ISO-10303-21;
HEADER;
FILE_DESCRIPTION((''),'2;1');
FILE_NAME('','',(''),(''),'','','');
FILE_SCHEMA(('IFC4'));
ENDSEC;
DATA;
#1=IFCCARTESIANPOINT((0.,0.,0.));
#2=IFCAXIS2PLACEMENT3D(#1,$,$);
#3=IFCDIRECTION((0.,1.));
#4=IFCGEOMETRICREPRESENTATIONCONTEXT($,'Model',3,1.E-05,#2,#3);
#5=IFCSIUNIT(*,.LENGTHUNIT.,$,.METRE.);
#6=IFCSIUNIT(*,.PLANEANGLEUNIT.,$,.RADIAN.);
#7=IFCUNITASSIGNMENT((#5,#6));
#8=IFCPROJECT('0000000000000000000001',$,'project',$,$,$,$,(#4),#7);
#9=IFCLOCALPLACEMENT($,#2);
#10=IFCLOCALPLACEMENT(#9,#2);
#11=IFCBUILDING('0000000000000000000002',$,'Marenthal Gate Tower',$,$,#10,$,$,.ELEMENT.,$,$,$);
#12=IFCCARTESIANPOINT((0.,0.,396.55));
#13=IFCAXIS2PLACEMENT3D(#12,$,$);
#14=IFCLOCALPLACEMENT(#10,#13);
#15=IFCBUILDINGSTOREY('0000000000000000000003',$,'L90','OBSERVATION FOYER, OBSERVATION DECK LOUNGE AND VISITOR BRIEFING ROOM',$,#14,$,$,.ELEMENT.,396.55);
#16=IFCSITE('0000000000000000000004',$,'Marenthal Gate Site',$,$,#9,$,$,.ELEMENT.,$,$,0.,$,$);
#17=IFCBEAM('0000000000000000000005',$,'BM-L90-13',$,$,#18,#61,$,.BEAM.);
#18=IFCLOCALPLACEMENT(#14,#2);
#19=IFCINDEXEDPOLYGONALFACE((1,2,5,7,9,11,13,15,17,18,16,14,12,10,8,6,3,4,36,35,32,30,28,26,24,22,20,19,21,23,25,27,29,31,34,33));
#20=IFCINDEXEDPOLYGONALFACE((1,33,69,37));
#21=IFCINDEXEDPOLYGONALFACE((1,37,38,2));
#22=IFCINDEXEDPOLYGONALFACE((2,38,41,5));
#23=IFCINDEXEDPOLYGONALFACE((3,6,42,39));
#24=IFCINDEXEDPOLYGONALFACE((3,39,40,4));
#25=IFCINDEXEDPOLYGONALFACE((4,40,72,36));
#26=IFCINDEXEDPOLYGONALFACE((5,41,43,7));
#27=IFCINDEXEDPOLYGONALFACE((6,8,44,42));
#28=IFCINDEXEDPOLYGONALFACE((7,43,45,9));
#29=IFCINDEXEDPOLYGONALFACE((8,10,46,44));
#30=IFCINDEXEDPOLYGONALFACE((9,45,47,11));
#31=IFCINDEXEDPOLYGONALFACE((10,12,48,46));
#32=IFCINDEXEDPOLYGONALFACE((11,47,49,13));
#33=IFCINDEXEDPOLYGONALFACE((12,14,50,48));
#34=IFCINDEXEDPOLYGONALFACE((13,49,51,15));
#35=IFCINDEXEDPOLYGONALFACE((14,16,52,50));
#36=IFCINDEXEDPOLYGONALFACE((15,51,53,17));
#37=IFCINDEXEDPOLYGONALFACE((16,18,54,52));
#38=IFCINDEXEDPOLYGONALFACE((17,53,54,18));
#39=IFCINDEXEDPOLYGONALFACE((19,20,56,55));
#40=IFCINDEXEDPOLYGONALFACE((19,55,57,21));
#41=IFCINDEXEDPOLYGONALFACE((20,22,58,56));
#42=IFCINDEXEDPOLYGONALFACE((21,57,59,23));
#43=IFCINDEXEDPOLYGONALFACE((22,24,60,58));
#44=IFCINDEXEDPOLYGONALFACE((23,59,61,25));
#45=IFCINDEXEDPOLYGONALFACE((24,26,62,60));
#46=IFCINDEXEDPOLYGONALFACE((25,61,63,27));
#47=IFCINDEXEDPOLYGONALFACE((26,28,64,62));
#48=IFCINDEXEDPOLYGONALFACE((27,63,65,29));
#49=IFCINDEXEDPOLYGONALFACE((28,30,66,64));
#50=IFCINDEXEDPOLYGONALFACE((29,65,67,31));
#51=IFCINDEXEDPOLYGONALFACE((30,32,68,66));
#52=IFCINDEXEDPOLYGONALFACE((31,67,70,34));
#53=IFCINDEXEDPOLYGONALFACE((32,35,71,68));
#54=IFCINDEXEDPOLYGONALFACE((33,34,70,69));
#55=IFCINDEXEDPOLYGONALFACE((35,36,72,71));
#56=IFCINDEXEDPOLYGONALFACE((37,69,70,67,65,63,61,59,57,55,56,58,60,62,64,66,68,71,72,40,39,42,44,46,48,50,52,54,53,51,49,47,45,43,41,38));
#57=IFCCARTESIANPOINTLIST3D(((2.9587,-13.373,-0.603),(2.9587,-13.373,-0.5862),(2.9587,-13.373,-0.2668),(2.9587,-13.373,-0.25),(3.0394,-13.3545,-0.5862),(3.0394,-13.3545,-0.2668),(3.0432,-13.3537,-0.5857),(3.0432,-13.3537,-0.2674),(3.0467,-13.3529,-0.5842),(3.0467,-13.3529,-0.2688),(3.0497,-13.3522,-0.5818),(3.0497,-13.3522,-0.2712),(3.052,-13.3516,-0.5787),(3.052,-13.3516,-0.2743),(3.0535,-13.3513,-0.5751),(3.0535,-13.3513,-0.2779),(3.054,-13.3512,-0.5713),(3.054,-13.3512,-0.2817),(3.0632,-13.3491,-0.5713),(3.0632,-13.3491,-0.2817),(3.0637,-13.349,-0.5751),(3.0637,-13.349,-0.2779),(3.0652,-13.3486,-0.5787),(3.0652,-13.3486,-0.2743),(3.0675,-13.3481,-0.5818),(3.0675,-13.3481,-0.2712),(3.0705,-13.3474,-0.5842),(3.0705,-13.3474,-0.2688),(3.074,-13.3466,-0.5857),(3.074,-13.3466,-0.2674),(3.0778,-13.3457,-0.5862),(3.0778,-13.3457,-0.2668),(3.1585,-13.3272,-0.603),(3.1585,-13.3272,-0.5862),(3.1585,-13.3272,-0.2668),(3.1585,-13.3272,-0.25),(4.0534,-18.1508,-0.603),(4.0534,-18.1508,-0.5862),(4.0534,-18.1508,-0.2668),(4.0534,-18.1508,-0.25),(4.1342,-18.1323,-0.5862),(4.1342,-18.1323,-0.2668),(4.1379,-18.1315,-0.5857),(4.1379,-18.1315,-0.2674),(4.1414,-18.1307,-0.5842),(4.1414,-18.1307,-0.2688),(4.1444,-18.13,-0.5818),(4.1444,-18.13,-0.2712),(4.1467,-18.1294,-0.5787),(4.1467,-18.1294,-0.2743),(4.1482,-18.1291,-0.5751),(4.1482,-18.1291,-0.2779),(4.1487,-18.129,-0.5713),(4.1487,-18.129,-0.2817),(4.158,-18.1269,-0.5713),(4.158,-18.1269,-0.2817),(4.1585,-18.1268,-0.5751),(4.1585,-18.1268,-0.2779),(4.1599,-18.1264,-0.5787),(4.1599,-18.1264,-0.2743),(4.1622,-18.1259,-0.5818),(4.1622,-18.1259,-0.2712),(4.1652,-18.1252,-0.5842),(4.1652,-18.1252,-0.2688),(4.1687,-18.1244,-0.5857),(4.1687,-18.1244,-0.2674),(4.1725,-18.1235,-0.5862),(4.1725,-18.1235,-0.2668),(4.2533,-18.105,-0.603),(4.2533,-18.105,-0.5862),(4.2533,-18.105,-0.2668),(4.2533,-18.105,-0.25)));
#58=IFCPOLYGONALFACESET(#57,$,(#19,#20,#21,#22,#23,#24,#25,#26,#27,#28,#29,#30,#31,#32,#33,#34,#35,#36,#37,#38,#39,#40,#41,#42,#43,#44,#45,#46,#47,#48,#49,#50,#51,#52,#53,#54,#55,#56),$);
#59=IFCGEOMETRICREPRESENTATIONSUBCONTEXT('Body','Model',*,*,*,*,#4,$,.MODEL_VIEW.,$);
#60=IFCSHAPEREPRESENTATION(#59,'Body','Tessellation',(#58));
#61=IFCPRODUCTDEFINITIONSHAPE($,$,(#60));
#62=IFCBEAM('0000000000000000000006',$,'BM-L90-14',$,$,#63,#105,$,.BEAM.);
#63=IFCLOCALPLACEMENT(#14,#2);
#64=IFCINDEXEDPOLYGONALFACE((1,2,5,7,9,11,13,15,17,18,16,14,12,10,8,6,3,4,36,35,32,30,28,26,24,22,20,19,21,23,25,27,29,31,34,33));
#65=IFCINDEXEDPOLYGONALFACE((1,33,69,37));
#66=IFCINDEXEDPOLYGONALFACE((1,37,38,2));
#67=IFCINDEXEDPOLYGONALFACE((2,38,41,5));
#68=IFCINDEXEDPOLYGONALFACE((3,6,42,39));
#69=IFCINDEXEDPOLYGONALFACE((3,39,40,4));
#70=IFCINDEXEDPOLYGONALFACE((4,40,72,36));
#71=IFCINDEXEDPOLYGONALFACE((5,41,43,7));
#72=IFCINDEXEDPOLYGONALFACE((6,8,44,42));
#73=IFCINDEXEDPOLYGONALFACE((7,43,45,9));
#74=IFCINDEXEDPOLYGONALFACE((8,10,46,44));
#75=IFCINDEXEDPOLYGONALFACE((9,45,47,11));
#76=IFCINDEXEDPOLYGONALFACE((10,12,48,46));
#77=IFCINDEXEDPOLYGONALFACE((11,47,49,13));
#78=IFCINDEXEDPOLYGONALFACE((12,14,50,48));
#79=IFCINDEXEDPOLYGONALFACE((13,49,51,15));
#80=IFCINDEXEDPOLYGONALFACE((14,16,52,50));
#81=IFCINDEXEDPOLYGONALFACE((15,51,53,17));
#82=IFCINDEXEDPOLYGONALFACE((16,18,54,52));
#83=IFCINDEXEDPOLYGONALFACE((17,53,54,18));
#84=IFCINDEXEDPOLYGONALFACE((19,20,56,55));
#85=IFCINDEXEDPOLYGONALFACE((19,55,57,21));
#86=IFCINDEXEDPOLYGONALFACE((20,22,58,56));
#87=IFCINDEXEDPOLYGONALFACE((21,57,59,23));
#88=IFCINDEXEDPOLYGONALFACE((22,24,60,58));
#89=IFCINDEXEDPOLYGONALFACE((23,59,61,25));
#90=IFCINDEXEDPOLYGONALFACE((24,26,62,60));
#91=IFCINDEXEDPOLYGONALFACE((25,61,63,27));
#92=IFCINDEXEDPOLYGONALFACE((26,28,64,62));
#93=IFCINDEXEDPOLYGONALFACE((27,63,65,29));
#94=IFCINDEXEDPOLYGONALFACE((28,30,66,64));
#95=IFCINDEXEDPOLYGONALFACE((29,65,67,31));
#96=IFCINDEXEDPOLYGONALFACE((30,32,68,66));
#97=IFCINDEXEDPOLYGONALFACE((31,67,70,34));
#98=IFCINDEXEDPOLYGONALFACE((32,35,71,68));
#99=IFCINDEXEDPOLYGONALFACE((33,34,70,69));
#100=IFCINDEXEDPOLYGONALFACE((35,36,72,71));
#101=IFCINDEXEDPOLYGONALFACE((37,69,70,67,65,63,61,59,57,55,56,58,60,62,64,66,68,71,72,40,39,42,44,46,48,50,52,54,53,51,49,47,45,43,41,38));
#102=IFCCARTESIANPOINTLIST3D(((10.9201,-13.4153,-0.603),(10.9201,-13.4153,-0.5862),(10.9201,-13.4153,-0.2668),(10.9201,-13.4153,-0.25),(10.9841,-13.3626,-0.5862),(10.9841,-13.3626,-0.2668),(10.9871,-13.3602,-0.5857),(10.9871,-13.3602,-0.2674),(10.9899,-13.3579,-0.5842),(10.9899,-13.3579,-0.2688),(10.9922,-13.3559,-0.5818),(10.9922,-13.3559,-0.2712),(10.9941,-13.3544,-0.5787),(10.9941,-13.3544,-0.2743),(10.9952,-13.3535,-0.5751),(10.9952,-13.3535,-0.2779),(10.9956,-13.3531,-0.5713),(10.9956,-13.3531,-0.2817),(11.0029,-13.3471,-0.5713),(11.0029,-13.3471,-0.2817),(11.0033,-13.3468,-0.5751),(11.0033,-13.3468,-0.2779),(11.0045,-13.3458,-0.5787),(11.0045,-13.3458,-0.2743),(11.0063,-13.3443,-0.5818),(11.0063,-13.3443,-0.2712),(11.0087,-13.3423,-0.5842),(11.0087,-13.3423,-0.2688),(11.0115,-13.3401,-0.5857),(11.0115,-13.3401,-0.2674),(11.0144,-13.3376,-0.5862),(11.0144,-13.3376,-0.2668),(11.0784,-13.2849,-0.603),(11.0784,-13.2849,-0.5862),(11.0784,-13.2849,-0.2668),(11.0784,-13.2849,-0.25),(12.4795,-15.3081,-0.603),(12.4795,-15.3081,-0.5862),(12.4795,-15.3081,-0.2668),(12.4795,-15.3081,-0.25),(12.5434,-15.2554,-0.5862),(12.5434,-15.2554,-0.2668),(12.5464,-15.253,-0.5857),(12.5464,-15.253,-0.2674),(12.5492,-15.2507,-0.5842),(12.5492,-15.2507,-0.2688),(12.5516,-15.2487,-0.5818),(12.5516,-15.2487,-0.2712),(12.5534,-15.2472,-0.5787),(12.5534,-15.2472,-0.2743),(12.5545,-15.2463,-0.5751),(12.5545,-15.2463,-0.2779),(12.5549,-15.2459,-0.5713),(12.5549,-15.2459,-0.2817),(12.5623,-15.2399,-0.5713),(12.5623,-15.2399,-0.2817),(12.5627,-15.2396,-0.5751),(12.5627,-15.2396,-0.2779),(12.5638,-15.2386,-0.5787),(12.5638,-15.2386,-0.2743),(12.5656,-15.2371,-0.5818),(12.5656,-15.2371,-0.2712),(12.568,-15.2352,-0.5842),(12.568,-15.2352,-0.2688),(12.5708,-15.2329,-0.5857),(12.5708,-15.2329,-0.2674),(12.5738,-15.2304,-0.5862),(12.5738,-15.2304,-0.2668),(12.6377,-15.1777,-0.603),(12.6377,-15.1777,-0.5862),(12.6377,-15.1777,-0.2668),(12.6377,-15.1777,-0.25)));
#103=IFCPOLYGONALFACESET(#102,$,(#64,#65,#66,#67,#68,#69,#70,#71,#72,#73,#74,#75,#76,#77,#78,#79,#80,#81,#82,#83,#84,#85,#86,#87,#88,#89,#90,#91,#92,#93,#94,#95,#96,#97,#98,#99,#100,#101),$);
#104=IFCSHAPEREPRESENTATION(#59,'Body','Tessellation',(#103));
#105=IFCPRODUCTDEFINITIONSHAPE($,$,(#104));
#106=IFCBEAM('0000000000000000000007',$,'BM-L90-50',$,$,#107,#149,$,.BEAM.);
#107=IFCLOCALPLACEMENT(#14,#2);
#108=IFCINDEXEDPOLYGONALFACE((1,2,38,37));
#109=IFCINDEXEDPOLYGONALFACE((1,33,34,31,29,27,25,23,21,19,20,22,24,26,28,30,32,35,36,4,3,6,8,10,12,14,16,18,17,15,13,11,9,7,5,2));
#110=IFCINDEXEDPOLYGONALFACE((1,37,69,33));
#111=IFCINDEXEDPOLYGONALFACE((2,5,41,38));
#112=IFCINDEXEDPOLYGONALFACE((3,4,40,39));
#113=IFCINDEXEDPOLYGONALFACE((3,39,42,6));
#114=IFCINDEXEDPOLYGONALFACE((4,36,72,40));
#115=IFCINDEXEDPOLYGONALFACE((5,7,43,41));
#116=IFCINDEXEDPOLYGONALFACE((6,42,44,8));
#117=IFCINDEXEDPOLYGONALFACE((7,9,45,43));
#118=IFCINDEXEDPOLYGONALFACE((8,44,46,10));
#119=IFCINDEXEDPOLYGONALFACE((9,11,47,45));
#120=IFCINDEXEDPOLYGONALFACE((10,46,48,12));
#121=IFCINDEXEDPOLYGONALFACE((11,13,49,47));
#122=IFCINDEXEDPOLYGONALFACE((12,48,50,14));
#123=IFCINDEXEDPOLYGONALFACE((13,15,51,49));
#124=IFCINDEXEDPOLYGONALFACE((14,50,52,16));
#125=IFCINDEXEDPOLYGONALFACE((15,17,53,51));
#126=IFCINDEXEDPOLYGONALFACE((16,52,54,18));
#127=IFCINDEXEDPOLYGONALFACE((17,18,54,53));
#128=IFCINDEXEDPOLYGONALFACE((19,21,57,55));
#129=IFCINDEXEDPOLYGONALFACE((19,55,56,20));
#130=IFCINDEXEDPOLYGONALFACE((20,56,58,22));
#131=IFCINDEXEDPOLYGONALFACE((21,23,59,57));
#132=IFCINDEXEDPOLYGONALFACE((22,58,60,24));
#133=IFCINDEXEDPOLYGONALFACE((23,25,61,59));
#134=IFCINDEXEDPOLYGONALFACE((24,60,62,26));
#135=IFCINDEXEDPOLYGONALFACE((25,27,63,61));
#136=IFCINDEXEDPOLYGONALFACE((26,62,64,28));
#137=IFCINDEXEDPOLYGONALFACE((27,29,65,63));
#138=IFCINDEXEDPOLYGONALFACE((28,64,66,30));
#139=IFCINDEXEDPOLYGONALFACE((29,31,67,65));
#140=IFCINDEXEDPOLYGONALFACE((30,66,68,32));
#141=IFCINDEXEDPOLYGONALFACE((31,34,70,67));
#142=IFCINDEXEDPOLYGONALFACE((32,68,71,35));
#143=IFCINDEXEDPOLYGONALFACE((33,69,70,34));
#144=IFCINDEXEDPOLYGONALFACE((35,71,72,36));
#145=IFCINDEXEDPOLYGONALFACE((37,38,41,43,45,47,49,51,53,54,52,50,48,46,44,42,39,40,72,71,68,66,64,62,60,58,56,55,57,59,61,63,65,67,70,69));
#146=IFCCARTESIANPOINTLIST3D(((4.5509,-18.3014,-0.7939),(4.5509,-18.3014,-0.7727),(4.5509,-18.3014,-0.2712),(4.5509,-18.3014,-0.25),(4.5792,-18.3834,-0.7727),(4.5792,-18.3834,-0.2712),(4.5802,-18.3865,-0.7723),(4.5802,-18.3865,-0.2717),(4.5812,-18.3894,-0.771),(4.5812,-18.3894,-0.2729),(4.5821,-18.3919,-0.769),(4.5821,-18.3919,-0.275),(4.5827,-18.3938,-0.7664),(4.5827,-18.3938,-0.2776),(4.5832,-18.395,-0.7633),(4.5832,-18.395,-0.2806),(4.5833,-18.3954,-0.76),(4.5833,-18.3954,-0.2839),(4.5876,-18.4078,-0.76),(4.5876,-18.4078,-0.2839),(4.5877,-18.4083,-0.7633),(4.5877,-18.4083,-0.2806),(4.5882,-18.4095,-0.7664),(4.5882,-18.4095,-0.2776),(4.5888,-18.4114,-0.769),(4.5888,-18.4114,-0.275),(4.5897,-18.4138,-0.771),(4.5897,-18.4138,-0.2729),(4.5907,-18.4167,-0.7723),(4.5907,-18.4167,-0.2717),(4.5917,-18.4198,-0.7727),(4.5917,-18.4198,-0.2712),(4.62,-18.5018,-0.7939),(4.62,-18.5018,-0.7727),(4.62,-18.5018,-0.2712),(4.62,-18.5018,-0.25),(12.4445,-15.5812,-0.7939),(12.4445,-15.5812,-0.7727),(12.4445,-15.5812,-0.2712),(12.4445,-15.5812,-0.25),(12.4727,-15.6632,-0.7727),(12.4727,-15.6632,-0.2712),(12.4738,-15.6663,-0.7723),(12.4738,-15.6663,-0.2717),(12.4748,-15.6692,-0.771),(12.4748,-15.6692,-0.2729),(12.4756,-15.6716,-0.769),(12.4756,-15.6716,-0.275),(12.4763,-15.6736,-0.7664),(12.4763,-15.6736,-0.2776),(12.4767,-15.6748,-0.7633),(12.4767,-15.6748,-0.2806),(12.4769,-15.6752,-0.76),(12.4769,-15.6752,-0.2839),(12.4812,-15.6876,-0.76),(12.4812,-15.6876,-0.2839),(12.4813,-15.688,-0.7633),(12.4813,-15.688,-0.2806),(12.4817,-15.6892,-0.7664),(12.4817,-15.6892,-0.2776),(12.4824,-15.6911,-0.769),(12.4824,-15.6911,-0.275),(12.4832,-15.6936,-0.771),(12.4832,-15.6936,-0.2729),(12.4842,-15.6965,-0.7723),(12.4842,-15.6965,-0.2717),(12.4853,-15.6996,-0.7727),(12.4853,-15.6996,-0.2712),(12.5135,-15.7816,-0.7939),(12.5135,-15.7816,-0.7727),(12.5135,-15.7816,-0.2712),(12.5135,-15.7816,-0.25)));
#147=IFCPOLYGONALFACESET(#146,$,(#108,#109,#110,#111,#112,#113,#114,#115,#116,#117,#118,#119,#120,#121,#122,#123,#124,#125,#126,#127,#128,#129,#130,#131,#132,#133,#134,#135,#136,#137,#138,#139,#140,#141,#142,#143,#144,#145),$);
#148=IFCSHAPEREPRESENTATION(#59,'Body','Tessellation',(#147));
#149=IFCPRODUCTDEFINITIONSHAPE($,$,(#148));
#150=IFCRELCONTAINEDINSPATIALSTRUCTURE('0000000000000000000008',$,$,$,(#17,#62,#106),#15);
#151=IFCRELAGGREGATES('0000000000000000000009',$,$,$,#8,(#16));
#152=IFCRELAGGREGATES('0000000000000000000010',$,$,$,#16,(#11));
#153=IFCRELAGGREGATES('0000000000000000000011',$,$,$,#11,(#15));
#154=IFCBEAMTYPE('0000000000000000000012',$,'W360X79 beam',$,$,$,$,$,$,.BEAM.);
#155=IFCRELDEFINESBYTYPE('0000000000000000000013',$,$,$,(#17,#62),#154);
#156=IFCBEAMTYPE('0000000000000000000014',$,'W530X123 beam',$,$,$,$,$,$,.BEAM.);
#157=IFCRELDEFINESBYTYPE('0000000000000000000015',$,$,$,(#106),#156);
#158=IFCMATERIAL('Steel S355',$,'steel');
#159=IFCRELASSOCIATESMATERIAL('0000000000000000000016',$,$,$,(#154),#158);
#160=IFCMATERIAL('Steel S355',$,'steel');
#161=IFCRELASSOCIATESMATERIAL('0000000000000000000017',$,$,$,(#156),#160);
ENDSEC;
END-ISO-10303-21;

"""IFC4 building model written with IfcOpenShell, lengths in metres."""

from ifc_helpers import new_model, si_unit, direction, frame, origin, origin_2d, place, context, subcontext, project, spatial, i_section, extrude, material, material_profile, profile_set, type_object, element, save


model = new_model("IFC4")

# Units and contexts
model_context = context("Model", 3, precision=1e-05, world=origin(), true_north=direction((0.0, 1.0)))
body_context = subcontext(model_context, "Body", "Model", "MODEL_VIEW")
ifc_project = project(units=[si_unit("LENGTHUNIT", "METRE"), si_unit("PLANEANGLEUNIT", "RADIAN")], contexts=[model_context])

# Site, building, storey
site_placement = place(None, origin())
site = spatial("IfcSite", under=ifc_project, at=site_placement, Name="Marenthal Gate Site", CompositionType="ELEMENT", RefElevation=0.0)
building_placement = place(site_placement, origin())
building = spatial("IfcBuilding", under=site, at=building_placement, Name="Marenthal Gate Tower", CompositionType="ELEMENT")
storey_placement = place(building_placement, frame((0.0, 0.0, 396.55)))
storey = spatial("IfcBuildingStorey", under=building, at=storey_placement, Name="L90", Description="OBSERVATION FOYER, OBSERVATION DECK LOUNGE AND VISITOR BRIEFING ROOM", CompositionType="ELEMENT", Elevation=396.55)

# Beams
ifc_material_1 = material(Name="Steel S355", Category="steel")
ifc_material_profile_1 = material_profile(ifc_material_1, i_section(OverallWidth=0.2051, OverallDepth=0.353, WebThickness=0.0095, FlangeThickness=0.0168, FilletRadius=0.0149, at=origin_2d()), Name="W360X79")
ifc_profile_set_1 = profile_set([ifc_material_profile_1], Name="Steel S355")
beam_type_1 = type_object("IfcBeamType", Name="W360X79 beam", PredefinedType="BEAM", material=ifc_profile_set_1)
beam_1_placement = place(storey_placement, frame((4.1533, -18.1279, -0.4265), z_axis=(-0.223339, 0.974741, 0.0), x_axis=(-0.974741, -0.223339, 0.0)))
element("IfcBeam", 1, at=beam_1_placement, inside=storey, type_object=beam_type_1, Name="BM-L90-13", PredefinedType="BEAM", context=body_context, shape_type="SweptSolid", body=[
    extrude(i_section(OverallWidth=0.2051, OverallDepth=0.353, WebThickness=0.0095, FlangeThickness=0.0168, FilletRadius=0.0149, at=origin_2d()), origin(), (0.0, 0.0, 1.0), 4.9016),
])
beam_2_placement = place(storey_placement, frame((12.5586, -15.2429, -0.4265), z_axis=(-0.635836, 0.771824, 0.0), x_axis=(-0.771824, -0.635836, 0.0)))
element("IfcBeam", 2, at=beam_2_placement, inside=storey, type_object=beam_type_1, Name="BM-L90-14", PredefinedType="BEAM", context=body_context, shape_type="SweptSolid", body=[
    extrude(i_section(OverallWidth=0.2051, OverallDepth=0.353, WebThickness=0.0095, FlangeThickness=0.0168, FilletRadius=0.0149, at=origin_2d()), origin(), (0.0, 0.0, 1.0), 2.4524),
])
ifc_material_2 = material(Name="Steel S355", Category="steel")
ifc_material_profile_2 = material_profile(ifc_material_2, i_section(OverallWidth=0.2119, OverallDepth=0.5439, WebThickness=0.0132, FlangeThickness=0.0212, FilletRadius=0.0127, at=origin_2d()), Name="W530X123")
ifc_profile_set_2 = profile_set([ifc_material_profile_2], Name="Steel S355")
beam_type_2 = type_object("IfcBeamType", Name="W530X123 beam", PredefinedType="BEAM", material=ifc_profile_set_2)
beam_3_placement = place(storey_placement, frame((4.5854, -18.4016, -0.522), z_axis=(0.945436, 0.325809, 0.0), x_axis=(-0.325809, 0.945436, 0.0)))
element("IfcBeam", 3, at=beam_3_placement, inside=storey, type_object=beam_type_2, Name="BM-L90-50", PredefinedType="BEAM", context=body_context, shape_type="SweptSolid", body=[
    extrude(i_section(OverallWidth=0.2119, OverallDepth=0.5439, WebThickness=0.0132, FlangeThickness=0.0212, FilletRadius=0.0127, at=origin_2d()), origin(), (0.0, 0.0, 1.0), 8.3491),
])

save(model, "model.ifc")
